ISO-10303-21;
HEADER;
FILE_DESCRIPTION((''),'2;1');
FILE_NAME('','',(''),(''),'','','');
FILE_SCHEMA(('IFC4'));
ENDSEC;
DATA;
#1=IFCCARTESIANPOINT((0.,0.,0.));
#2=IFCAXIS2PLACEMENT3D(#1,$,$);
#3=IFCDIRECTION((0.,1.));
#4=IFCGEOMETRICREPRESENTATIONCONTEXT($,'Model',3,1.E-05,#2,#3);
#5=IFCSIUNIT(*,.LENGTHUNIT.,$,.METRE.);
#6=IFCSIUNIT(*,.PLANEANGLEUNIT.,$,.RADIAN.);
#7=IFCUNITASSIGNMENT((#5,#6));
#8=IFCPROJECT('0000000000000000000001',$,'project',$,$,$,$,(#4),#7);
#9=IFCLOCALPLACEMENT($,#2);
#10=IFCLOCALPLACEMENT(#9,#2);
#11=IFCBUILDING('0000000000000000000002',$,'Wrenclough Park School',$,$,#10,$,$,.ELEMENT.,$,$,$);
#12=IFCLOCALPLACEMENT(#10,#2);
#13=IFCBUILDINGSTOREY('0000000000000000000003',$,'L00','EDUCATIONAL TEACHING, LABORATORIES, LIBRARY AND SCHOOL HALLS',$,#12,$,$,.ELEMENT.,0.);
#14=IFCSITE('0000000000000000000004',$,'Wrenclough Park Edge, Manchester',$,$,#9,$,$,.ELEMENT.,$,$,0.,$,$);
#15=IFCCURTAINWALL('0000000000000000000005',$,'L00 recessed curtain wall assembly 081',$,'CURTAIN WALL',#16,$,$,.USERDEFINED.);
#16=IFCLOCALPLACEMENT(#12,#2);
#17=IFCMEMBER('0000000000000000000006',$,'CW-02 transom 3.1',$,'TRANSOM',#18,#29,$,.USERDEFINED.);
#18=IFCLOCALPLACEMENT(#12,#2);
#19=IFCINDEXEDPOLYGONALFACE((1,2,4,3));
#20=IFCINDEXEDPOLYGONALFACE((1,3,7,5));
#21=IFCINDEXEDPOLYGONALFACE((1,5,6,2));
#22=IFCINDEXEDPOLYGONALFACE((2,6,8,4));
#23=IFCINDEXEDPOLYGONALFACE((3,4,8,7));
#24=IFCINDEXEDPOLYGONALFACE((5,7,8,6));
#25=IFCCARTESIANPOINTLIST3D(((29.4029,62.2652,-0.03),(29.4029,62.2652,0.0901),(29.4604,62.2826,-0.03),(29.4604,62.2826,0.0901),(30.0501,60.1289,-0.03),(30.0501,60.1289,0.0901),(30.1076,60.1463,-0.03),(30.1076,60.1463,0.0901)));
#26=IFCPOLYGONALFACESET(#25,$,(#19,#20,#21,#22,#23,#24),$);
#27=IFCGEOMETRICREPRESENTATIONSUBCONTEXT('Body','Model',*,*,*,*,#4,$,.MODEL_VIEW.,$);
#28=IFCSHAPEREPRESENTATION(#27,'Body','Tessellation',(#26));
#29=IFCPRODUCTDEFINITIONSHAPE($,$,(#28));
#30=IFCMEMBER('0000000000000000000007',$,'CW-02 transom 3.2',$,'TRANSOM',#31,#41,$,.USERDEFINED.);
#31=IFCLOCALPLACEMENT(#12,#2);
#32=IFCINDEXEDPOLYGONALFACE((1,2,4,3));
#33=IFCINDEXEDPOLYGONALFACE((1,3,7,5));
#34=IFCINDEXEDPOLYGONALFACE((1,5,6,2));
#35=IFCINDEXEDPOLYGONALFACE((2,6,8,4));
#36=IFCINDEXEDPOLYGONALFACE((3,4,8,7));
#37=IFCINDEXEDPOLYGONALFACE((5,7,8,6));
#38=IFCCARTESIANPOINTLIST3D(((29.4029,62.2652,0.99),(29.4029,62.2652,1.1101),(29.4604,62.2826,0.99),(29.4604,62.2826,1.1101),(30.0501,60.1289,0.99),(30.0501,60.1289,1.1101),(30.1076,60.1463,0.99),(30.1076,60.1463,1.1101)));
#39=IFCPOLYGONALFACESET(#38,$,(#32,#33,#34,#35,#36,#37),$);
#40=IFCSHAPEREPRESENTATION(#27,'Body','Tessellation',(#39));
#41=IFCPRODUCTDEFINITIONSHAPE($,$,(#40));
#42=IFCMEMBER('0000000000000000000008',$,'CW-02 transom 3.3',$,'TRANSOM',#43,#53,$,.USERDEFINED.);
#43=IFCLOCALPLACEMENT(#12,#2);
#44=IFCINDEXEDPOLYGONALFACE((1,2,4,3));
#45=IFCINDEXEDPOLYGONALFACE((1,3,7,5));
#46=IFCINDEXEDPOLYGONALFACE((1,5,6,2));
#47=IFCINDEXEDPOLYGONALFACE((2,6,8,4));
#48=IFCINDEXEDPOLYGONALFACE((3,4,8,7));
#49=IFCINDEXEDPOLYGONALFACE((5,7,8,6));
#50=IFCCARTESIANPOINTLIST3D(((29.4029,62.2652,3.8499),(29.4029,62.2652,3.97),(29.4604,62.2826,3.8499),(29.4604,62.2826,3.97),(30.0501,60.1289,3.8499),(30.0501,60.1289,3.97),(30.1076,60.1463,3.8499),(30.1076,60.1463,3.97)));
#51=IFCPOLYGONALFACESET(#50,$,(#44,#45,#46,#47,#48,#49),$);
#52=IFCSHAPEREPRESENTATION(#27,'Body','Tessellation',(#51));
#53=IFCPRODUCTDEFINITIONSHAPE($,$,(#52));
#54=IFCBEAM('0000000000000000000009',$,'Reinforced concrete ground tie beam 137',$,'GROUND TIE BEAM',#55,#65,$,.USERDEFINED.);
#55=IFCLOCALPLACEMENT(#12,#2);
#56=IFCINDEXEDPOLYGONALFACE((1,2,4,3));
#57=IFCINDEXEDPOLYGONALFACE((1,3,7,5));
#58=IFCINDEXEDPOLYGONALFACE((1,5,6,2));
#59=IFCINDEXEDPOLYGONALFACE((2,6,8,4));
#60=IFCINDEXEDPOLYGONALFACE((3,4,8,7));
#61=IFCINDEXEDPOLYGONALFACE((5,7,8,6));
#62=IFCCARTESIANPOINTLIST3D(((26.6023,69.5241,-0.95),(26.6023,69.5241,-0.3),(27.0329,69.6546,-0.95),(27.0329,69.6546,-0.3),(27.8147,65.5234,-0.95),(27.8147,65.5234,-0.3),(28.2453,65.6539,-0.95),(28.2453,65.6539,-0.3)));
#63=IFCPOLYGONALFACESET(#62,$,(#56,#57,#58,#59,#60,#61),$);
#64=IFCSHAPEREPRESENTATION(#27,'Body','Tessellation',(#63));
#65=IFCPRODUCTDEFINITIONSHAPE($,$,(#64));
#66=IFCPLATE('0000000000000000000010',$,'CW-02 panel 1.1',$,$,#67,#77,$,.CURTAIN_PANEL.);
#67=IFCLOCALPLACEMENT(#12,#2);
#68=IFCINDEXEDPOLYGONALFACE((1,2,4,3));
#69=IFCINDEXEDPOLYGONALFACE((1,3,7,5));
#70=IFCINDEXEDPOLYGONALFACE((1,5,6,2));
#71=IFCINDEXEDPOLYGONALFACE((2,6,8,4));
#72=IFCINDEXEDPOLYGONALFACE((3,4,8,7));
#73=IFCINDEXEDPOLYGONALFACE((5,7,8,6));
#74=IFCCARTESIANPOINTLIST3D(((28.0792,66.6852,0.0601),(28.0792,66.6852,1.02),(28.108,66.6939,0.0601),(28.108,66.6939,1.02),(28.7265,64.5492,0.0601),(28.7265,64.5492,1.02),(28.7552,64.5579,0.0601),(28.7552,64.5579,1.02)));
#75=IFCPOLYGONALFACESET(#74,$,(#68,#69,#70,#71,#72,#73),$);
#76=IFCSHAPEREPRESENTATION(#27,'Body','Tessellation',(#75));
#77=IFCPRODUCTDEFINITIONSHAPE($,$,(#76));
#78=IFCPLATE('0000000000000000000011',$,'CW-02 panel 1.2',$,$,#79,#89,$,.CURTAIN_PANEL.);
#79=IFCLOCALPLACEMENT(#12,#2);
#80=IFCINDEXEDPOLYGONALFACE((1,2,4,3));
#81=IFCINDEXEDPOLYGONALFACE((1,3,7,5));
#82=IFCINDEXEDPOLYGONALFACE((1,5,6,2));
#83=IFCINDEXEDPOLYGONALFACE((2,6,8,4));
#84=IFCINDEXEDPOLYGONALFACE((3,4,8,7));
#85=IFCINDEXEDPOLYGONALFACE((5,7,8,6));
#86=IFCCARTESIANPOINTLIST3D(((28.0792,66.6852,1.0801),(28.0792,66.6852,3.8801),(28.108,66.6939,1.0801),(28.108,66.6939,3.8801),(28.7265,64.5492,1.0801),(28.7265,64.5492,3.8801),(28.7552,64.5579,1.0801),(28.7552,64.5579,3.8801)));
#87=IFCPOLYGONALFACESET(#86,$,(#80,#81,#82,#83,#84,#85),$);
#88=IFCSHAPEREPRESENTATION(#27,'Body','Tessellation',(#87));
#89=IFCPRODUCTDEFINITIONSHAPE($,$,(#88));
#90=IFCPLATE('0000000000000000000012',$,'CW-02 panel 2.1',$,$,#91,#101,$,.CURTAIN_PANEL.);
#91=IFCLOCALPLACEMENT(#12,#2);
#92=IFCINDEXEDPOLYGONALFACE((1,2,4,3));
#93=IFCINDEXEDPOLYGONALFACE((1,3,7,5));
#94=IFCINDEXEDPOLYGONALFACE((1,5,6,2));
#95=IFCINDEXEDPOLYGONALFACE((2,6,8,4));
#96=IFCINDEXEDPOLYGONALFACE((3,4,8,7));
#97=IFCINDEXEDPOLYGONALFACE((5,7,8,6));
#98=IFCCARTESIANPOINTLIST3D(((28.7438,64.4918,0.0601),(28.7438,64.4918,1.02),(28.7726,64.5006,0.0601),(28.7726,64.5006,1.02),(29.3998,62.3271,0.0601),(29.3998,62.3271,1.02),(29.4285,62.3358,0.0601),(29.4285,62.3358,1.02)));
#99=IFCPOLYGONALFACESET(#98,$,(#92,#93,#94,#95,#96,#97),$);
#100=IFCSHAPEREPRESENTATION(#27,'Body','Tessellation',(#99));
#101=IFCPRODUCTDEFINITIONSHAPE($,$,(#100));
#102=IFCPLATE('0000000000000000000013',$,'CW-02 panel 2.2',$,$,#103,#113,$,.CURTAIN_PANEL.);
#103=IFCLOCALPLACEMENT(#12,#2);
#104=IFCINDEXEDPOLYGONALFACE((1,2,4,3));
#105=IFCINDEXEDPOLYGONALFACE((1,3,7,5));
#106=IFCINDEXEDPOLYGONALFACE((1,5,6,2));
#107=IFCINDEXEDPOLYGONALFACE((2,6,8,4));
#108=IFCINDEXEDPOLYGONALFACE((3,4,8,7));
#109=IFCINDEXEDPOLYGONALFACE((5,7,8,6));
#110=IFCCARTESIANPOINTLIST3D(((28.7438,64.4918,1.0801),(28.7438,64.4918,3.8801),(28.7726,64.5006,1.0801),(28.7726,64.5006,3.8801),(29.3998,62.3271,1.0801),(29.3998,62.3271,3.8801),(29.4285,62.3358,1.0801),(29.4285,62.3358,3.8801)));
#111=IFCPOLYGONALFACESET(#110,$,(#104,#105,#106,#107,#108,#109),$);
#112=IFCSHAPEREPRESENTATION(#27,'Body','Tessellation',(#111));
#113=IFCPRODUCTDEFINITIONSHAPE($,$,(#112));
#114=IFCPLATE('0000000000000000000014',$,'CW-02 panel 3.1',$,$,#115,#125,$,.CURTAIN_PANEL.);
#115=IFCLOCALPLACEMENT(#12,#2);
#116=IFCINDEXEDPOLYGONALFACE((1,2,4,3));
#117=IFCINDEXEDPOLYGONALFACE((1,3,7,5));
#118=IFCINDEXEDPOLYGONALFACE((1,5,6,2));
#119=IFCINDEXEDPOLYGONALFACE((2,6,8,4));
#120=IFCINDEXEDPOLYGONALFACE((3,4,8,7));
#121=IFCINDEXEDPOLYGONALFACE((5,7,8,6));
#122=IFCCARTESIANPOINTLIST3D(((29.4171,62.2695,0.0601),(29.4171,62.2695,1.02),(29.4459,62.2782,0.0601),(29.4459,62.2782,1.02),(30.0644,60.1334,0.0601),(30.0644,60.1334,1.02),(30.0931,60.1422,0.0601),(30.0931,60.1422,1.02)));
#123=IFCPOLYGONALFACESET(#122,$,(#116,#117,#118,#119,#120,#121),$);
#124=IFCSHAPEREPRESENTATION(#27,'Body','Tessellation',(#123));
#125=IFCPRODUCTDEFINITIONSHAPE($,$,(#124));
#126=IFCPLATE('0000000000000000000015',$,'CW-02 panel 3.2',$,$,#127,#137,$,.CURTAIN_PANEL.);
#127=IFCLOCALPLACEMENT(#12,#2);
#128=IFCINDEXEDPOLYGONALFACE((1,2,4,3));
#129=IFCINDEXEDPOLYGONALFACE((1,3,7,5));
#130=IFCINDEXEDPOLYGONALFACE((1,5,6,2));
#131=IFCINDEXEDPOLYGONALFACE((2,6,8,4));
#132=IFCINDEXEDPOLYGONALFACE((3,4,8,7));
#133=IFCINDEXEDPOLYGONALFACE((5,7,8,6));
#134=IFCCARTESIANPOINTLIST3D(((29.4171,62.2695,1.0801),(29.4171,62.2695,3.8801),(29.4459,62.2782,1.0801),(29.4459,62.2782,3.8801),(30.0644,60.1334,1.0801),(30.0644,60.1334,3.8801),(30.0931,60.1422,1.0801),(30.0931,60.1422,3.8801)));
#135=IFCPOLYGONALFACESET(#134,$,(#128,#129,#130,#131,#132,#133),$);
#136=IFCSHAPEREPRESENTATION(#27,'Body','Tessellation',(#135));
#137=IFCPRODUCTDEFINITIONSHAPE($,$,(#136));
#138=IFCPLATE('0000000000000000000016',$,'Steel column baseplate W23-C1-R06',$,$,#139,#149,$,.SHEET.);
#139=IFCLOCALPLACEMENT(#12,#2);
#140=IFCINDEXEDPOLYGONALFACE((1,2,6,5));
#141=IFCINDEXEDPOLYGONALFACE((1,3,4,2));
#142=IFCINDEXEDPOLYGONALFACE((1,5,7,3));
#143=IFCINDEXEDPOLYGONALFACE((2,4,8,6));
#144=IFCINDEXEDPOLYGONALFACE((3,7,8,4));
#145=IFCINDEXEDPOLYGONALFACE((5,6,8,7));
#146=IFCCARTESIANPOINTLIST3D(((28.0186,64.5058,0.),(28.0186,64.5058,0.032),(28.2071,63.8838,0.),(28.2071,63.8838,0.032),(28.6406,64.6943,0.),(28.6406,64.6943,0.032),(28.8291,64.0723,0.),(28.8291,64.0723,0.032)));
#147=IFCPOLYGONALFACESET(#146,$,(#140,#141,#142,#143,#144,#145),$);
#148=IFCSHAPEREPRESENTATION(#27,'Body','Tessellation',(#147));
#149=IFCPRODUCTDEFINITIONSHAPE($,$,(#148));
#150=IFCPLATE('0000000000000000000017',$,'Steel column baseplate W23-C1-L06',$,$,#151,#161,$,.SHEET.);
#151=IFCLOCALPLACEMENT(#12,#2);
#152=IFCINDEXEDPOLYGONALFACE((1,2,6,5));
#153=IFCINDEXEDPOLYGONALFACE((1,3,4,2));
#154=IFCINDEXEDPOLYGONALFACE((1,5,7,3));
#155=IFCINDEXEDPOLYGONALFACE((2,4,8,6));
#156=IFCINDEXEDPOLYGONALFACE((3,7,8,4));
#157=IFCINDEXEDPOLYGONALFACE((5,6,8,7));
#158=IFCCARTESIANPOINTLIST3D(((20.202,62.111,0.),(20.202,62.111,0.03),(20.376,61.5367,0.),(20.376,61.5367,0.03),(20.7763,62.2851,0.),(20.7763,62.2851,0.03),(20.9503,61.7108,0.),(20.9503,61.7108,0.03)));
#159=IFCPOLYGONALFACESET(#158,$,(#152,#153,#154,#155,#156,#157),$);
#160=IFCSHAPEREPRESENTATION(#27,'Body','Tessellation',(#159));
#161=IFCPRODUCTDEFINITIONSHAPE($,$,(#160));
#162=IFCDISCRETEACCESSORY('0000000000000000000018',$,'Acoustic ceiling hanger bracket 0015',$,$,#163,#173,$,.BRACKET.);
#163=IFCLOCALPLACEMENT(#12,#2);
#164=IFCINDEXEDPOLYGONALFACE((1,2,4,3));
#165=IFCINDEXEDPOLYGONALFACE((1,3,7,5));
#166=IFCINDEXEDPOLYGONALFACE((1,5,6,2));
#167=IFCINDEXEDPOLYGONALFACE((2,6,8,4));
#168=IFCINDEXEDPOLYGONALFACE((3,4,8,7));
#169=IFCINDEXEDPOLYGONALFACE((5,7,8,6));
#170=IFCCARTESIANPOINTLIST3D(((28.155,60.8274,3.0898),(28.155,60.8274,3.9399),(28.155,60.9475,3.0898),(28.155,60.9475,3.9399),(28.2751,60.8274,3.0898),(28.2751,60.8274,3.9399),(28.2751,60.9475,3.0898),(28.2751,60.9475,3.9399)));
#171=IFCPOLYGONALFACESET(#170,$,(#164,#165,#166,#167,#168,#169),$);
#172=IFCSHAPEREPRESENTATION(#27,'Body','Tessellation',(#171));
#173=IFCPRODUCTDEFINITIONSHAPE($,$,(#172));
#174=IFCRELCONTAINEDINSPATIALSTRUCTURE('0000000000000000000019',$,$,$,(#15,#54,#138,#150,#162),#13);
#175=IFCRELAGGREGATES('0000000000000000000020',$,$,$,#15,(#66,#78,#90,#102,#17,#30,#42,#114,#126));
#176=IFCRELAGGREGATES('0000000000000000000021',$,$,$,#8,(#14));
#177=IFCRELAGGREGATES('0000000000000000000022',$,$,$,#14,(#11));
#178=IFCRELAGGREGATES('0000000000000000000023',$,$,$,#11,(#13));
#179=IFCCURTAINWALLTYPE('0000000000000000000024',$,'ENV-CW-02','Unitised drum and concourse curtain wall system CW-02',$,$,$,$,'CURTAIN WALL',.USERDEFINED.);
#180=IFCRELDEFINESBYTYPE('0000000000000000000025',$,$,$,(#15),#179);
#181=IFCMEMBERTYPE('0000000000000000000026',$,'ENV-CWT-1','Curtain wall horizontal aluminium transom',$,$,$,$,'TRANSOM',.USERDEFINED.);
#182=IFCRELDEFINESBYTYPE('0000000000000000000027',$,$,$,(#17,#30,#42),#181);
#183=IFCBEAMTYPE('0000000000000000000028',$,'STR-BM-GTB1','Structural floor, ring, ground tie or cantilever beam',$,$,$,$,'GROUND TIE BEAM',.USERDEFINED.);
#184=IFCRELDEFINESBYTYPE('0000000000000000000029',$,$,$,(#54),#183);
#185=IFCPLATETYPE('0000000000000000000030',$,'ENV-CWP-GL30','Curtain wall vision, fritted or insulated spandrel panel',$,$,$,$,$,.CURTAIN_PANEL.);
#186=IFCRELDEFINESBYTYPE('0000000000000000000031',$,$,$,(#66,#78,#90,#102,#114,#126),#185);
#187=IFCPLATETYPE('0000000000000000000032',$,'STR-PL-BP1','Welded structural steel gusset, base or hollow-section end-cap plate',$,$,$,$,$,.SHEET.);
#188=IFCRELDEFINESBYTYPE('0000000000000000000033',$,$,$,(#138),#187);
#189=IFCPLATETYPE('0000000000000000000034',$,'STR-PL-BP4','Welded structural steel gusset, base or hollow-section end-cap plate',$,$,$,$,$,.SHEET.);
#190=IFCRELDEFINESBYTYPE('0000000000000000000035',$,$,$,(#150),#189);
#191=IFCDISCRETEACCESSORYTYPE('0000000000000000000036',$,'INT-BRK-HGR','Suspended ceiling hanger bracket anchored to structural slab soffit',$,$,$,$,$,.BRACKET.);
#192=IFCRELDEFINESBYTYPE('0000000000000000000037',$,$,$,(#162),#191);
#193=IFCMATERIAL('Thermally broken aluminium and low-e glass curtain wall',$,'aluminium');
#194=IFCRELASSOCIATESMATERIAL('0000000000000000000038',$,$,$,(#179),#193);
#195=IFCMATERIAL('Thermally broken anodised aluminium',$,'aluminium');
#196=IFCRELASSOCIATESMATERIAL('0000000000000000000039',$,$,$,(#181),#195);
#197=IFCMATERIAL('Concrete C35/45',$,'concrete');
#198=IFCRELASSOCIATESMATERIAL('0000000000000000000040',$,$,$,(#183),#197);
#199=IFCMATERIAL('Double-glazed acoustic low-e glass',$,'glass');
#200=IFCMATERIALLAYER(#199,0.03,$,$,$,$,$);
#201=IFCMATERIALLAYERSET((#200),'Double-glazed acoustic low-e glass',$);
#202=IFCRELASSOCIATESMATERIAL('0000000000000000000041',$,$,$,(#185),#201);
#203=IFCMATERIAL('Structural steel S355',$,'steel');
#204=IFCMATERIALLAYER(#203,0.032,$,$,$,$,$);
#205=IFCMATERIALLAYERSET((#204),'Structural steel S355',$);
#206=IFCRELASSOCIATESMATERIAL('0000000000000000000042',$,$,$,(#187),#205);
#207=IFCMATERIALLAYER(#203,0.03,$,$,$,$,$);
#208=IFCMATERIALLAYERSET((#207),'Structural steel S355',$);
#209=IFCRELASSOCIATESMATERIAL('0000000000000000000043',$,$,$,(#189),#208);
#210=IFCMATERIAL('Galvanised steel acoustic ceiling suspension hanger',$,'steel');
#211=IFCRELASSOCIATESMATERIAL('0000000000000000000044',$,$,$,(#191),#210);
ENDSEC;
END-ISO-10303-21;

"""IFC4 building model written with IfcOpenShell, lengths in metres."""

from ifc_helpers import new_model, si_unit, direction, frame, origin, origin_2d, place, context, subcontext, project, spatial, rectangle, extrude, material, layer, layer_set, material_profile, profile_set, type_object, element, aggregate, save


model = new_model("IFC4")

# Units and contexts
model_context = context("Model", 3, precision=1e-05, world=origin(), true_north=direction((0.0, 1.0)))
body_context = subcontext(model_context, "Body", "Model", "MODEL_VIEW")
ifc_project = project(units=[si_unit("LENGTHUNIT", "METRE"), si_unit("PLANEANGLEUNIT", "RADIAN")], contexts=[model_context])

# Site, building, storey
site_placement = place(None, origin())
site = spatial("IfcSite", under=ifc_project, at=site_placement, Name="Wrenclough Park Edge, Manchester", CompositionType="ELEMENT", RefElevation=0.0)
building_placement = place(site_placement, origin())
building = spatial("IfcBuilding", under=site, at=building_placement, Name="Wrenclough Park School", CompositionType="ELEMENT")
storey_placement = place(building_placement, origin())
storey = spatial("IfcBuildingStorey", under=building, at=storey_placement, Name="L00", Description="EDUCATIONAL TEACHING, LABORATORIES, LIBRARY AND SCHOOL HALLS", CompositionType="ELEMENT", Elevation=0.0)

# Shared definitions
ifc_material_1 = material(Name="Concrete C35/45", Category="concrete")

# Shared definitions
ifc_material_2 = material(Name="Structural steel S355", Category="steel")

# Curtain wall, members
ifc_material_3 = material(Name="Thermally broken aluminium and low-e glass curtain wall", Category="aluminium")
curtain_wall_type = type_object("IfcCurtainWallType", Name="ENV-CW-02", Description="Unitised drum and concourse curtain wall system CW-02", ElementType="CURTAIN WALL", PredefinedType="USERDEFINED", material=ifc_material_3)
curtain_wall_placement = place(storey_placement, origin())
curtain_wall = element("IfcCurtainWall", 1, at=curtain_wall_placement, inside=storey, type_object=curtain_wall_type, Name="L00 recessed curtain wall assembly 081", ObjectType="CURTAIN WALL", PredefinedType="USERDEFINED")
ifc_material_4 = material(Name="Thermally broken anodised aluminium", Category="aluminium")
ifc_material_profile_1 = material_profile(ifc_material_4, rectangle(XDim=0.0601, YDim=0.1201, at=origin_2d()), Name="AL TRANSOM 60x120")
ifc_profile_set_1 = profile_set([ifc_material_profile_1], Name="Thermally broken anodised aluminium")
member_type_1 = type_object("IfcMemberType", Name="ENV-CWT-1", Description="Curtain wall horizontal aluminium transom", ElementType="TRANSOM", PredefinedType="USERDEFINED", material=ifc_profile_set_1)
member_1_placement = place(storey_placement, frame((29.4316, 62.2739, 0.03), z_axis=(0.289956, -0.95704, 0.0), x_axis=(0.95704, 0.289956, 0.0)))
member_1 = element("IfcMember", 2, at=member_1_placement, type_object=member_type_1, Name="CW-02 transom 3.1", ObjectType="TRANSOM", PredefinedType="USERDEFINED", context=body_context, shape_type="SweptSolid", body=[
    extrude(rectangle(XDim=0.0601, YDim=0.1201, at=origin_2d()), origin(), (0.0, 0.0, 1.0), 2.2322),
])
member_2_placement = place(storey_placement, frame((29.4316, 62.2739, 1.05), z_axis=(0.289956, -0.95704, 0.0), x_axis=(0.95704, 0.289956, 0.0)))
member_2 = element("IfcMember", 3, at=member_2_placement, type_object=member_type_1, Name="CW-02 transom 3.2", ObjectType="TRANSOM", PredefinedType="USERDEFINED", context=body_context, shape_type="SweptSolid", body=[
    extrude(rectangle(XDim=0.0601, YDim=0.1201, at=origin_2d()), origin(), (0.0, 0.0, 1.0), 2.2322),
])
member_3_placement = place(storey_placement, frame((29.4316, 62.2739, 3.9099), z_axis=(0.289956, -0.95704, 0.0), x_axis=(0.95704, 0.289956, 0.0)))
member_3 = element("IfcMember", 4, at=member_3_placement, type_object=member_type_1, Name="CW-02 transom 3.3", ObjectType="TRANSOM", PredefinedType="USERDEFINED", context=body_context, shape_type="SweptSolid", body=[
    extrude(rectangle(XDim=0.0601, YDim=0.1201, at=origin_2d()), origin(), (0.0, 0.0, 1.0), 2.2322),
])

# Beam
ifc_material_profile_2 = material_profile(ifc_material_1, rectangle(XDim=0.45, YDim=0.6499, at=origin_2d()), Name="RC GROUND 450x650")
ifc_profile_set_2 = profile_set([ifc_material_profile_2], Name="Concrete C35/45")
beam_type = type_object("IfcBeamType", Name="STR-BM-GTB1", Description="Structural floor, ring, ground tie or cantilever beam", ElementType="GROUND TIE BEAM", PredefinedType="USERDEFINED", material=ifc_profile_set_2)
beam_placement = place(storey_placement, frame((28.03, 65.5886, -0.625), z_axis=(-0.29002, 0.95702, 0.0), x_axis=(-0.95702, -0.29002, 0.0)))
element("IfcBeam", 5, at=beam_placement, inside=storey, type_object=beam_type, Name="Reinforced concrete ground tie beam 137", ObjectType="GROUND TIE BEAM", PredefinedType="USERDEFINED", context=body_context, shape_type="SweptSolid", body=[
    extrude(rectangle(XDim=0.45, YDim=0.6499, at=origin_2d()), origin(), (0.0, 0.0, 1.0), 4.1804),
])

# Plates
ifc_material_5 = material(Name="Double-glazed acoustic low-e glass", Category="glass")
ifc_layer_1 = layer(ifc_material_5, 0.03)
ifc_layer_set_1 = layer_set([ifc_layer_1], Name="Double-glazed acoustic low-e glass")
plate_type_1 = type_object("IfcPlateType", Name="ENV-CWP-GL30", Description="Curtain wall vision, fritted or insulated spandrel panel", PredefinedType="CURTAIN_PANEL", material=ifc_layer_set_1)
plate_1_placement = place(storey_placement, frame((28.4172, 65.6216, 0.0601), z_axis=(0.0, 0.0, 1.0), x_axis=(0.289989, -0.95703, 0.0)))
plate_1 = element("IfcPlate", 6, at=plate_1_placement, type_object=plate_type_1, Name="CW-02 panel 1.1", PredefinedType="CURTAIN_PANEL", context=body_context, shape_type="SweptSolid", body=[
    extrude(rectangle(XDim=2.2319, YDim=0.03, at=origin_2d()), origin(), (0.0, 0.0, 1.0), 0.96),
])
plate_2_placement = place(storey_placement, frame((28.4172, 65.6216, 1.0801), z_axis=(0.0, 0.0, 1.0), x_axis=(0.289989, -0.95703, 0.0)))
plate_2 = element("IfcPlate", 7, at=plate_2_placement, type_object=plate_type_1, Name="CW-02 panel 1.2", PredefinedType="CURTAIN_PANEL", context=body_context, shape_type="SweptSolid", body=[
    extrude(rectangle(XDim=2.2319, YDim=0.03, at=origin_2d()), origin(), (0.0, 0.0, 1.0), 2.8),
])
plate_3_placement = place(storey_placement, frame((29.0862, 63.4138, 0.0601), z_axis=(0.0, 0.0, 1.0), x_axis=(0.289989, -0.95703, 0.0)))
plate_3 = element("IfcPlate", 8, at=plate_3_placement, type_object=plate_type_1, Name="CW-02 panel 2.1", PredefinedType="CURTAIN_PANEL", context=body_context, shape_type="SweptSolid", body=[
    extrude(rectangle(XDim=2.262, YDim=0.03, at=origin_2d()), origin(), (0.0, 0.0, 1.0), 0.96),
])
plate_4_placement = place(storey_placement, frame((29.0862, 63.4138, 1.0801), z_axis=(0.0, 0.0, 1.0), x_axis=(0.289989, -0.95703, 0.0)))
plate_4 = element("IfcPlate", 9, at=plate_4_placement, type_object=plate_type_1, Name="CW-02 panel 2.2", PredefinedType="CURTAIN_PANEL", context=body_context, shape_type="SweptSolid", body=[
    extrude(rectangle(XDim=2.262, YDim=0.03, at=origin_2d()), origin(), (0.0, 0.0, 1.0), 2.8),
])
plate_5_placement = place(storey_placement, frame((29.7551, 61.2058, 0.0601), z_axis=(0.0, 0.0, 1.0), x_axis=(0.289989, -0.95703, 0.0)))
plate_5 = element("IfcPlate", 10, at=plate_5_placement, type_object=plate_type_1, Name="CW-02 panel 3.1", PredefinedType="CURTAIN_PANEL", context=body_context, shape_type="SweptSolid", body=[
    extrude(rectangle(XDim=2.2319, YDim=0.03, at=origin_2d()), origin(), (0.0, 0.0, 1.0), 0.96),
])
plate_6_placement = place(storey_placement, frame((29.7551, 61.2058, 1.0801), z_axis=(0.0, 0.0, 1.0), x_axis=(0.289989, -0.95703, 0.0)))
plate_6 = element("IfcPlate", 11, at=plate_6_placement, type_object=plate_type_1, Name="CW-02 panel 3.2", PredefinedType="CURTAIN_PANEL", context=body_context, shape_type="SweptSolid", body=[
    extrude(rectangle(XDim=2.2319, YDim=0.03, at=origin_2d()), origin(), (0.0, 0.0, 1.0), 2.8),
])
aggregate(curtain_wall, [plate_1, plate_2, plate_3, plate_4, member_1, member_2, member_3, plate_5, plate_6])

# Plates
ifc_layer_2 = layer(ifc_material_2, 0.032)
ifc_layer_set_2 = layer_set([ifc_layer_2], Name="Structural steel S355")
plate_type_2 = type_object("IfcPlateType", Name="STR-PL-BP1", Description="Welded structural steel gusset, base or hollow-section end-cap plate", PredefinedType="SHEET", material=ifc_layer_set_2)
plate_7_placement = place(storey_placement, frame((28.4238, 64.2891, 0.0), z_axis=(0.0, 0.0, 1.0), x_axis=(-0.290034, 0.957016, 0.0)))
element("IfcPlate", 12, at=plate_7_placement, inside=storey, type_object=plate_type_2, Name="Steel column baseplate W23-C1-R06", PredefinedType="SHEET", context=body_context, shape_type="SweptSolid", body=[
    extrude(rectangle(XDim=0.6499, YDim=0.6499, at=origin_2d()), origin(), (0.0, 0.0, 1.0), 0.032),
])
ifc_layer_3 = layer(ifc_material_2, 0.03)
ifc_layer_set_3 = layer_set([ifc_layer_3], Name="Structural steel S355")
plate_type_3 = type_object("IfcPlateType", Name="STR-PL-BP4", Description="Welded structural steel gusset, base or hollow-section end-cap plate", PredefinedType="SHEET", material=ifc_layer_set_3)
plate_8_placement = place(storey_placement, frame((20.5762, 61.9109, 0.0), z_axis=(0.0, 0.0, 1.0), x_axis=(-0.290034, 0.957016, 0.0)))
element("IfcPlate", 13, at=plate_8_placement, inside=storey, type_object=plate_type_3, Name="Steel column baseplate W23-C1-L06", PredefinedType="SHEET", context=body_context, shape_type="SweptSolid", body=[
    extrude(rectangle(XDim=0.6001, YDim=0.6001, at=origin_2d()), origin(), (0.0, 0.0, 1.0), 0.03),
])

# Discrete accessory
ifc_material_6 = material(Name="Galvanised steel acoustic ceiling suspension hanger", Category="steel")
discrete_accessory_type = type_object("IfcDiscreteAccessoryType", Name="INT-BRK-HGR", Description="Suspended ceiling hanger bracket anchored to structural slab soffit", PredefinedType="BRACKET", material=ifc_material_6)
discrete_accessory_placement = place(storey_placement, frame((28.2151, 60.8875, 3.0898), z_axis=(0.0, 0.0, 1.0), x_axis=(1.0, 0.0, 0.0)))
element("IfcDiscreteAccessory", 14, at=discrete_accessory_placement, inside=storey, type_object=discrete_accessory_type, Name="Acoustic ceiling hanger bracket 0015", PredefinedType="BRACKET", context=body_context, shape_type="SweptSolid", body=[
    extrude(rectangle(XDim=0.1201, YDim=0.1201, at=origin_2d()), origin(), (0.0, 0.0, 1.0), 0.8501),
])

save(model, "model.ifc")
